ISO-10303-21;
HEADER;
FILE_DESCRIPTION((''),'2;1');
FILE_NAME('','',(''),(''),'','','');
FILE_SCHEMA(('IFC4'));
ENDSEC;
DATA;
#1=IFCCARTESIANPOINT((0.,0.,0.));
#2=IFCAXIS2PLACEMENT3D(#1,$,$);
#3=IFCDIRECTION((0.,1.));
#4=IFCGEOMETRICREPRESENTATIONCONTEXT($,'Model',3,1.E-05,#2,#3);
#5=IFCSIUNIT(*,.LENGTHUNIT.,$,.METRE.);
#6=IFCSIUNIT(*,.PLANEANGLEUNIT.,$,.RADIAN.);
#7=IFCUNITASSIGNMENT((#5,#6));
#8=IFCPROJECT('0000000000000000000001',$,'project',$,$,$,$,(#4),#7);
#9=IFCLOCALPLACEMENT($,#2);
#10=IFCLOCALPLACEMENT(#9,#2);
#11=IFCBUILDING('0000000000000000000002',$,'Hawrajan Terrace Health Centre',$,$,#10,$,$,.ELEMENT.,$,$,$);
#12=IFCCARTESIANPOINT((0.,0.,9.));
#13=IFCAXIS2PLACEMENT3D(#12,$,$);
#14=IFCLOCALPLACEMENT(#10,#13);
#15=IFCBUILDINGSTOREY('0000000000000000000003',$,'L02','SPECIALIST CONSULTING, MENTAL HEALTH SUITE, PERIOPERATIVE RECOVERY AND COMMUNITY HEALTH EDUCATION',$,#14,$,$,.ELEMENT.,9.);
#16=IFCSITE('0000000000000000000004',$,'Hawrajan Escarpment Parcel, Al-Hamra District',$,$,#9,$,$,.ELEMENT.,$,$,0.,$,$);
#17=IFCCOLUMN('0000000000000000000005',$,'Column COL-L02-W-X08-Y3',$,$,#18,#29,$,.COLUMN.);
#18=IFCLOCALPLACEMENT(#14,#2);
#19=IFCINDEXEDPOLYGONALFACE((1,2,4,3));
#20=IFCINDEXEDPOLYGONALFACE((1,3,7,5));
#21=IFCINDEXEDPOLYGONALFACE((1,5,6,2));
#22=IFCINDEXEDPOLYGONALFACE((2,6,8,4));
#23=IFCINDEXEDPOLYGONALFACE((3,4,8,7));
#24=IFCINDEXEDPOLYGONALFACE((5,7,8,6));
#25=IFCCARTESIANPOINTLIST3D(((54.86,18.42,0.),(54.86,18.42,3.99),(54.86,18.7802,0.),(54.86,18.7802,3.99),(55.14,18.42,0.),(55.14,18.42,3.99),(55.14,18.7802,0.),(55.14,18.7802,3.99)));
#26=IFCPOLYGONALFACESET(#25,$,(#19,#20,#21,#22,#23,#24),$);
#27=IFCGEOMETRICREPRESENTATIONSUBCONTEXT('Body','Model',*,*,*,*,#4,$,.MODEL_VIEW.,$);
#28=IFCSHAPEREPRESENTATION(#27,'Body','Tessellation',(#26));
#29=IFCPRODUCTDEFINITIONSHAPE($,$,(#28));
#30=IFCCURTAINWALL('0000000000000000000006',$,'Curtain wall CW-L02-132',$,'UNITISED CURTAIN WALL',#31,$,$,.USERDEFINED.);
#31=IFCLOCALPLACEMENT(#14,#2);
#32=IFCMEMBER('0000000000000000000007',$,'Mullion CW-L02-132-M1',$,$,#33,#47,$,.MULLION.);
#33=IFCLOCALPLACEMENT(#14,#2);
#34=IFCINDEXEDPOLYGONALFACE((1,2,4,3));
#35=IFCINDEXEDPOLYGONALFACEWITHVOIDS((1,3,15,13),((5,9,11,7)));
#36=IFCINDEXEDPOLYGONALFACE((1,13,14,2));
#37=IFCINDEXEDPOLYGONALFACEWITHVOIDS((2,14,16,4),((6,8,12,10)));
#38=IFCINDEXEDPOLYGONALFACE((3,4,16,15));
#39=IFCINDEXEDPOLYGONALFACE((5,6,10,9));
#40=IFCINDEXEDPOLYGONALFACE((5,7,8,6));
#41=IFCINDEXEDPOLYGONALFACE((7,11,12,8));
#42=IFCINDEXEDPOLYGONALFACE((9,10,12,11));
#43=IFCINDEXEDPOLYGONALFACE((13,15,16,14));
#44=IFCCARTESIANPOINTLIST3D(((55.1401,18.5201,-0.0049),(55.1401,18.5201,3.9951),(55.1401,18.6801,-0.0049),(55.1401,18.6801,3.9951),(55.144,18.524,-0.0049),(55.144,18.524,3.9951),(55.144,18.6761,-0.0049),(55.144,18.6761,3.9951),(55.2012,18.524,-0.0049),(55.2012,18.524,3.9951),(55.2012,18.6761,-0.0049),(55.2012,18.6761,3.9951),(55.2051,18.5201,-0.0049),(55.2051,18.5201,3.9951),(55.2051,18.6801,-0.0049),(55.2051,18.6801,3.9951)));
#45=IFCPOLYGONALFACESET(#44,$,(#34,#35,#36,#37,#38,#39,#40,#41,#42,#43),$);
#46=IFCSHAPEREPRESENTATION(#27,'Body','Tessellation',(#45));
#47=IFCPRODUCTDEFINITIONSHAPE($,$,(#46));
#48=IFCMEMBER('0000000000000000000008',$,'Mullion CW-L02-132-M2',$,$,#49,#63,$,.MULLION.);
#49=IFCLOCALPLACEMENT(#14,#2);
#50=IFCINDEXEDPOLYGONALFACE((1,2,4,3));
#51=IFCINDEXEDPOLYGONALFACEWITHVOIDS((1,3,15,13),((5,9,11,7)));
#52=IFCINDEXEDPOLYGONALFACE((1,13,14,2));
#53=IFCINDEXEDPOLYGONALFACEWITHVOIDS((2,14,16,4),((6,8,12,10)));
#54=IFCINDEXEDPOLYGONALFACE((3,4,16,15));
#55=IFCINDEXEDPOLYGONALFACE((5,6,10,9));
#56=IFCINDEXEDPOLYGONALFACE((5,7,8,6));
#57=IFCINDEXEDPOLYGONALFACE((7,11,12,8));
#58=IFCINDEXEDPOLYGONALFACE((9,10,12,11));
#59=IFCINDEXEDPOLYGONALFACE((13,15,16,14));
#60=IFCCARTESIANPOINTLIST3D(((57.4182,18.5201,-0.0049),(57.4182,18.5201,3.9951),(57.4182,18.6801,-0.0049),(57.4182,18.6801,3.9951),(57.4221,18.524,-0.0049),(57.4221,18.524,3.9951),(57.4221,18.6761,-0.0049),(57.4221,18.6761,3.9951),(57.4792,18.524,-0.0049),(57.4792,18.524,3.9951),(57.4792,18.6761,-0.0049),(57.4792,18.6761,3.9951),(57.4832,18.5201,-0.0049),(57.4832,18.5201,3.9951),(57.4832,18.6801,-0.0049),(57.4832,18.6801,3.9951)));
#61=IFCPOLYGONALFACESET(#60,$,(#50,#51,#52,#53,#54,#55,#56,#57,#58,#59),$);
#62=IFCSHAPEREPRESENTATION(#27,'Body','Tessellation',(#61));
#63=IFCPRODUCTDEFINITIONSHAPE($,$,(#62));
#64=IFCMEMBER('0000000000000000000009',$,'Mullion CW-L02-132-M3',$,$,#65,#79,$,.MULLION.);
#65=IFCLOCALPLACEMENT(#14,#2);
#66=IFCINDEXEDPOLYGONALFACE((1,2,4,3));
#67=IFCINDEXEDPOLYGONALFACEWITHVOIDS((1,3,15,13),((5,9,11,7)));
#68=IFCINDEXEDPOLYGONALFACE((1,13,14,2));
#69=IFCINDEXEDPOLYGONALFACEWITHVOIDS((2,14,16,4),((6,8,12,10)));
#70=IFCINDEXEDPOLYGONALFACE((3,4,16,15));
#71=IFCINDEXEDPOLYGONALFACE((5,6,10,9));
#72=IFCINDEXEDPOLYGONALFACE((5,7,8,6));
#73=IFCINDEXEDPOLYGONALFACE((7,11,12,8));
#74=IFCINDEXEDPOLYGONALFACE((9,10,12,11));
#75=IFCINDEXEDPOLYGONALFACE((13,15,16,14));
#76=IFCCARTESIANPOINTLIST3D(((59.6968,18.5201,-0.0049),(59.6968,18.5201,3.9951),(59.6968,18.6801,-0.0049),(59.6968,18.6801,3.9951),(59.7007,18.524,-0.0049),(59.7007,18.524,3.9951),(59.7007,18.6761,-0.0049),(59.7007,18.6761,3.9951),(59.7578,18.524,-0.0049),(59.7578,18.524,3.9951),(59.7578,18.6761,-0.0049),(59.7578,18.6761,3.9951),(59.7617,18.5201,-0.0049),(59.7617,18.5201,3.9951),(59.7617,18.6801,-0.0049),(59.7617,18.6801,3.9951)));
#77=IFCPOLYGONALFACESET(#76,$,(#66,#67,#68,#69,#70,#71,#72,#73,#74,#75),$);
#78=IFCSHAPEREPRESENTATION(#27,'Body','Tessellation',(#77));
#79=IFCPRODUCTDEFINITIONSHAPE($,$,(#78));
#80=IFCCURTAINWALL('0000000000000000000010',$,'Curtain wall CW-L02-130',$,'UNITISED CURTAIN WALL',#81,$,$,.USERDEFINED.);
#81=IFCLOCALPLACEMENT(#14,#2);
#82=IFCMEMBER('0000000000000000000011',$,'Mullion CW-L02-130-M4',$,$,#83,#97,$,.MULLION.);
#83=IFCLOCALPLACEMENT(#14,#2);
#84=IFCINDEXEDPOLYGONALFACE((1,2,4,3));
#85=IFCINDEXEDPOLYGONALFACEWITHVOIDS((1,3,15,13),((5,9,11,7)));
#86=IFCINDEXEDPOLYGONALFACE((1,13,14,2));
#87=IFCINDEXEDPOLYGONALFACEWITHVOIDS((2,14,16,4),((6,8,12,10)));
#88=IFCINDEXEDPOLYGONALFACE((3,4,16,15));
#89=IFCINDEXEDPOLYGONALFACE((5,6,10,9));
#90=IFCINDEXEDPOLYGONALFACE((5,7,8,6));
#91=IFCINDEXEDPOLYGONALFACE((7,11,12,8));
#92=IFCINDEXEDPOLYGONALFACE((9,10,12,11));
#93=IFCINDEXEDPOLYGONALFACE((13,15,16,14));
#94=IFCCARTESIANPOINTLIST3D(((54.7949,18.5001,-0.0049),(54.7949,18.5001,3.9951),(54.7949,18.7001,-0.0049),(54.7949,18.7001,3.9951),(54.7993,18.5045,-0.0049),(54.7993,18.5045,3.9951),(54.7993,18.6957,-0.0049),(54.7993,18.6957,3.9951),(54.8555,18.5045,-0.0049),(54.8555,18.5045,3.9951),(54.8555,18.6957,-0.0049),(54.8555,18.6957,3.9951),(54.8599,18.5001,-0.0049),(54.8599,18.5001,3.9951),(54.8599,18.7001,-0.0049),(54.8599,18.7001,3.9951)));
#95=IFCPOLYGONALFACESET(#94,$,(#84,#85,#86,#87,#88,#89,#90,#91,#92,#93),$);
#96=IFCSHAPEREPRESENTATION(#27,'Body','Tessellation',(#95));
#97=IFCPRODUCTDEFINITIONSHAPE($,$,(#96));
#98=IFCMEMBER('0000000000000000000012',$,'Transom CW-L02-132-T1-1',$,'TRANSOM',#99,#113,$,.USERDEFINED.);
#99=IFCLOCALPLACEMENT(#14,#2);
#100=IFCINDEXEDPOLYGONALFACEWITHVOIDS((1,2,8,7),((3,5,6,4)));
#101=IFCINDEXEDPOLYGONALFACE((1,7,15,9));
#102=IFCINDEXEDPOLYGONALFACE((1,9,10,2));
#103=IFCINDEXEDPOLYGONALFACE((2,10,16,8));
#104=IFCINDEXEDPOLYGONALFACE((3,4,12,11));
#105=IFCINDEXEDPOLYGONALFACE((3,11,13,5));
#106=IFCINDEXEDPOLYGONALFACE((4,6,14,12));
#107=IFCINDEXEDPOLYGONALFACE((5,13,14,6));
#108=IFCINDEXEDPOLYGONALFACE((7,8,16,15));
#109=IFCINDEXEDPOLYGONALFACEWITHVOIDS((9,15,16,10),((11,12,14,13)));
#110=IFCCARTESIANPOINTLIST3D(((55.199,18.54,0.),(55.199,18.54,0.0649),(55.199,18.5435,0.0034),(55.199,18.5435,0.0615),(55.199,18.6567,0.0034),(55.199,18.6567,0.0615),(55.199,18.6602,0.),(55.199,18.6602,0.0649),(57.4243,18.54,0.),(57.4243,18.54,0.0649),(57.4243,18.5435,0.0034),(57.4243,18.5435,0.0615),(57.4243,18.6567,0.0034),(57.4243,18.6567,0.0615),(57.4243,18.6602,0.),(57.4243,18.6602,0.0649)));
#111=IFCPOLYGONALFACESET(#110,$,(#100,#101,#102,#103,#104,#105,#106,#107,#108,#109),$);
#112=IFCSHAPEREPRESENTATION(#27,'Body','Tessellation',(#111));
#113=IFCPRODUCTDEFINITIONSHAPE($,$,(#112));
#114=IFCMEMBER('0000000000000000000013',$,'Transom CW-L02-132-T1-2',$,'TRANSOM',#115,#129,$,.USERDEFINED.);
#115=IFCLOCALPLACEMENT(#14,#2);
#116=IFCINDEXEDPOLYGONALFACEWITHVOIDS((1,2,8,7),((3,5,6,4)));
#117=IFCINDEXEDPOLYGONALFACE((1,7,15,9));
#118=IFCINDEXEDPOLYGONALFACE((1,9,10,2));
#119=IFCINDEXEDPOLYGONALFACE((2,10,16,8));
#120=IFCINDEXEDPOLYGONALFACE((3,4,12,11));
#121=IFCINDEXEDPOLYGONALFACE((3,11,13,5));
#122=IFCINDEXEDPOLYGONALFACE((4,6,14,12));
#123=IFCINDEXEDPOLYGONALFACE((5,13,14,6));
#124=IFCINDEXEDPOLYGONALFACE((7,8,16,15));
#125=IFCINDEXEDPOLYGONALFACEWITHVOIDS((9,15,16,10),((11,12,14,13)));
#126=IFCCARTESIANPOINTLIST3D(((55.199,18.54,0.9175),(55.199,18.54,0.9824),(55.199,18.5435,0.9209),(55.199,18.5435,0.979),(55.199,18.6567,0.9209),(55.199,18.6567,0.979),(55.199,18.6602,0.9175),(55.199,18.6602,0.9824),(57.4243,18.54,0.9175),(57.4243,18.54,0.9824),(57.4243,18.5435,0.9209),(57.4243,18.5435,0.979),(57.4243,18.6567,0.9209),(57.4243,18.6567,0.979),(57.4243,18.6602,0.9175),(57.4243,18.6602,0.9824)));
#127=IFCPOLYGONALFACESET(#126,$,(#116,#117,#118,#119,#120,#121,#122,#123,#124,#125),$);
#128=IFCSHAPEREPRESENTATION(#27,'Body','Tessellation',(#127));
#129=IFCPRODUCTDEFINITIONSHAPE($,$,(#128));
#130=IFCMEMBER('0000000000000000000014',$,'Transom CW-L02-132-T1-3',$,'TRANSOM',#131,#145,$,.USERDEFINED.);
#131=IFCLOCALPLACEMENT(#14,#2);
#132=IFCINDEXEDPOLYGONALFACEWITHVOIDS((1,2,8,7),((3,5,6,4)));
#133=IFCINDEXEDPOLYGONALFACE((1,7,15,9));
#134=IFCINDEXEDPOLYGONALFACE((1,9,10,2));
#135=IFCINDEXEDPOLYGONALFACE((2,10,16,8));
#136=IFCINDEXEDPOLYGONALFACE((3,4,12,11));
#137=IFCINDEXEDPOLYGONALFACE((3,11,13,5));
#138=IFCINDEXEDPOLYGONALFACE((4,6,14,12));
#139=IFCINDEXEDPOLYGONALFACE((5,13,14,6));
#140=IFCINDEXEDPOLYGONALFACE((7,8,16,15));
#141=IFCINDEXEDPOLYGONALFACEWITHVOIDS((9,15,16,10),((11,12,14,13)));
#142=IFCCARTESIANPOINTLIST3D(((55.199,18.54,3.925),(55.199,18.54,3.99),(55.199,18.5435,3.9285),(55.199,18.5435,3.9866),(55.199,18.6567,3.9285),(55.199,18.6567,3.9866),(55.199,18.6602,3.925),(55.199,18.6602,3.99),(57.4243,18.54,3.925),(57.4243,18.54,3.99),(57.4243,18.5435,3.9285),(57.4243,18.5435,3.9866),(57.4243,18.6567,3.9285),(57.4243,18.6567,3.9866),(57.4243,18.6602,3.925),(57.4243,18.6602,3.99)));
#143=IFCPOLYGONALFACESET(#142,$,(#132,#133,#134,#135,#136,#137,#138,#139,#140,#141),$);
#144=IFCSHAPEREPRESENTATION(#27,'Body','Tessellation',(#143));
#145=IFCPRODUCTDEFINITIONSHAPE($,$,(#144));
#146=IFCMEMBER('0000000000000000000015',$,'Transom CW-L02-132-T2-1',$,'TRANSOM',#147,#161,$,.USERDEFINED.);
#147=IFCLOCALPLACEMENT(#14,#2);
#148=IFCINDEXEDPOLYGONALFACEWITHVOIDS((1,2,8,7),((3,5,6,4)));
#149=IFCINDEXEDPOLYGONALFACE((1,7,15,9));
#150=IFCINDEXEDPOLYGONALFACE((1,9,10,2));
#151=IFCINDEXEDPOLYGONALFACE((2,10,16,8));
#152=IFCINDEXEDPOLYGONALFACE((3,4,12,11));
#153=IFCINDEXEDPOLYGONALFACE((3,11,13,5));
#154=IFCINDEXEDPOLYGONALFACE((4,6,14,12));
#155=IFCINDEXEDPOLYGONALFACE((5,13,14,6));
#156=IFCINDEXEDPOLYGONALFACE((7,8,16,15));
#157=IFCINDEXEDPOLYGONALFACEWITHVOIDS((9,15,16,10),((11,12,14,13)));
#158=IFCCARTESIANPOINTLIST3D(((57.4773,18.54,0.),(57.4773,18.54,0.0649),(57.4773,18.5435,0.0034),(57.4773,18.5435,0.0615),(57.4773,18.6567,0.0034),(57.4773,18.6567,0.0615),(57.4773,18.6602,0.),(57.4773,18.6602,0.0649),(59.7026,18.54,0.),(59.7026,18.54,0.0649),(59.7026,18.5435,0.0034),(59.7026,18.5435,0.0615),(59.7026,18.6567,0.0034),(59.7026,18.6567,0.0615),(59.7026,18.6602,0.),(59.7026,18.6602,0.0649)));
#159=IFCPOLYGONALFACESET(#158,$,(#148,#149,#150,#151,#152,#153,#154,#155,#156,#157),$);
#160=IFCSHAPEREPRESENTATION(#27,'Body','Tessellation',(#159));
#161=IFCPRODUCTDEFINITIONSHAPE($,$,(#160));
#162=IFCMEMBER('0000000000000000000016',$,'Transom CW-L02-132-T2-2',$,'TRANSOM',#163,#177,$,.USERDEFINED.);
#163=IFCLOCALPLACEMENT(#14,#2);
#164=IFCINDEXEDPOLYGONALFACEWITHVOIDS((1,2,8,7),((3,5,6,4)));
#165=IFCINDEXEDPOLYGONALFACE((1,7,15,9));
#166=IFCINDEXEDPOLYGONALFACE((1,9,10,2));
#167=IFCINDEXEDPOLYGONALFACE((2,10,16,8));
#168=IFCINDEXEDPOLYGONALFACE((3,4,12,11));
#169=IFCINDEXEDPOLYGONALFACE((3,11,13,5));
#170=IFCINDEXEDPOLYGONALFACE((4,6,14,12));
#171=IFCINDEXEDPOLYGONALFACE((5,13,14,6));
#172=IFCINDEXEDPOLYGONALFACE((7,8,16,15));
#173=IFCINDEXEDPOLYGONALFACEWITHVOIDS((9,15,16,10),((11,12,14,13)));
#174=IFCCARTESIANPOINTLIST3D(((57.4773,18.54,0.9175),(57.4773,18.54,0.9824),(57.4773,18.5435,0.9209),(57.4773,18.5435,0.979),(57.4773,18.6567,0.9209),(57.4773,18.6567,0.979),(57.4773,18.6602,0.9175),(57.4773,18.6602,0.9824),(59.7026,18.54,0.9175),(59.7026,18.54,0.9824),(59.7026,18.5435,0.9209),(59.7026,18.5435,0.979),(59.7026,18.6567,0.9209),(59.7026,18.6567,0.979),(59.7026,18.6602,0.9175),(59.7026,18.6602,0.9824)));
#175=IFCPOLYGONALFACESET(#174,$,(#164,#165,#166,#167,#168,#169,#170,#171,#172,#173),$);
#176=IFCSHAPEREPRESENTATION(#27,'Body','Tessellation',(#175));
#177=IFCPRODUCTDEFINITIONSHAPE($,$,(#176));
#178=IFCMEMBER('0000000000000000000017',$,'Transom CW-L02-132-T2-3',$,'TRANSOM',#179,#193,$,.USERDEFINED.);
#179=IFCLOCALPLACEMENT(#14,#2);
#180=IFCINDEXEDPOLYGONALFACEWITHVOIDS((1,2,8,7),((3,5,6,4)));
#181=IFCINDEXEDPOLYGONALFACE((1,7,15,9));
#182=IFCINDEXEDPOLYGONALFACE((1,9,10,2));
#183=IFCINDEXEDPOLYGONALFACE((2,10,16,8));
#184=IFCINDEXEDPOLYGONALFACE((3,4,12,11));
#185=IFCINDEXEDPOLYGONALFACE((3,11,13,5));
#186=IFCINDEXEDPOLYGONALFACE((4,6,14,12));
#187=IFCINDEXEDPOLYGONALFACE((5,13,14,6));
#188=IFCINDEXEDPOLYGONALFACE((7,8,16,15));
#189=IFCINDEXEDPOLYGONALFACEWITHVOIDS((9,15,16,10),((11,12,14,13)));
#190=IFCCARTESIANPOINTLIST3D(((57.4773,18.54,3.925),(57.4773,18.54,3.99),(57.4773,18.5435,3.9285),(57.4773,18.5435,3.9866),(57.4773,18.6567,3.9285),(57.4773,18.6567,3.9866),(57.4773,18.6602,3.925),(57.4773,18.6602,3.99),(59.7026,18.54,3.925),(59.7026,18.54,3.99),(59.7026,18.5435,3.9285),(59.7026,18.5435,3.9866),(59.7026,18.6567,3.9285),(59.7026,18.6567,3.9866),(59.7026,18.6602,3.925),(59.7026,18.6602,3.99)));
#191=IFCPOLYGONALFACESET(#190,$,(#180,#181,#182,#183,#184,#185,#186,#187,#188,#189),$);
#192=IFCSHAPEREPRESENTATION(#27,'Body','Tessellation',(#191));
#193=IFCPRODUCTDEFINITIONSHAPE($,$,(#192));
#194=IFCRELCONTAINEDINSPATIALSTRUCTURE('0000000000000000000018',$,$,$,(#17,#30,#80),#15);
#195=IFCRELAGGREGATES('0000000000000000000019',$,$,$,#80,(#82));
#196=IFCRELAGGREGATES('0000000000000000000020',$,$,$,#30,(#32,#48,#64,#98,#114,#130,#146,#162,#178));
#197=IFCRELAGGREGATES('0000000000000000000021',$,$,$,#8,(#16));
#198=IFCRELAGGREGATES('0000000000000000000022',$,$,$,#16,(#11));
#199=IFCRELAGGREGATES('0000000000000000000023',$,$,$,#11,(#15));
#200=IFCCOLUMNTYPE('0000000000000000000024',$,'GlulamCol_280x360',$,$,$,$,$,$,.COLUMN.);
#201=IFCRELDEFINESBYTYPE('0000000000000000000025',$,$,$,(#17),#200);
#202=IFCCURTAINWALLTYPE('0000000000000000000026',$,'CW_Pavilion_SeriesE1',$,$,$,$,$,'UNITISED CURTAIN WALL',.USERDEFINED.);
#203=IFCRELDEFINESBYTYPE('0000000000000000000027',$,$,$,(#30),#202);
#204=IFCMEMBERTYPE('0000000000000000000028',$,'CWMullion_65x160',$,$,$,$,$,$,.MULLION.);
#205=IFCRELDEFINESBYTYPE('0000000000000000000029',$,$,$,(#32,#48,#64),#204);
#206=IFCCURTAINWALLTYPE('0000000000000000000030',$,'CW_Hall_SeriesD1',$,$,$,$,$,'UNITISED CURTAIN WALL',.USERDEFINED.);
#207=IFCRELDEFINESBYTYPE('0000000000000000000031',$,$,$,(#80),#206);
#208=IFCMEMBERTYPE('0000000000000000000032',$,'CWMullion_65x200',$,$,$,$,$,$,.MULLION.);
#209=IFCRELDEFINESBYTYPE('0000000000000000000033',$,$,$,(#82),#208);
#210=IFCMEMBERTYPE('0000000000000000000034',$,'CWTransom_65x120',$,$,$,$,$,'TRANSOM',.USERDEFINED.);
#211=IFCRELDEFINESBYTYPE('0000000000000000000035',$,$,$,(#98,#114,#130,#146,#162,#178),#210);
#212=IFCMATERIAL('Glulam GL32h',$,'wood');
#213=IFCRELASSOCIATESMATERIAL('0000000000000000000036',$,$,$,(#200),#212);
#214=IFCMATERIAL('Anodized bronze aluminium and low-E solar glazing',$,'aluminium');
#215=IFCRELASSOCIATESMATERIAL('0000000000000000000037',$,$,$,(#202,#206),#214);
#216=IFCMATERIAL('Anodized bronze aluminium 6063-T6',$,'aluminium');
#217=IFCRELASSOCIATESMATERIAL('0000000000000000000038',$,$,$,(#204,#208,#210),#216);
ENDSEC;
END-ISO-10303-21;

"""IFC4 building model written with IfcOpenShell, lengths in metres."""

from ifc_helpers import new_model, si_unit, direction, frame, origin, origin_2d, place, context, subcontext, project, spatial, rectangle, hollow_rectangle, extrude, material, material_profile, profile_set, type_object, element, aggregate, save


model = new_model("IFC4")

# Units and contexts
model_context = context("Model", 3, precision=1e-05, world=origin(), true_north=direction((0.0, 1.0)))
body_context = subcontext(model_context, "Body", "Model", "MODEL_VIEW")
ifc_project = project(units=[si_unit("LENGTHUNIT", "METRE"), si_unit("PLANEANGLEUNIT", "RADIAN")], contexts=[model_context])

# Site, building, storey
site_placement = place(None, origin())
site = spatial("IfcSite", under=ifc_project, at=site_placement, Name="Hawrajan Escarpment Parcel, Al-Hamra District", CompositionType="ELEMENT", RefElevation=0.0)
building_placement = place(site_placement, origin())
building = spatial("IfcBuilding", under=site, at=building_placement, Name="Hawrajan Terrace Health Centre", CompositionType="ELEMENT")
storey_placement = place(building_placement, frame((0.0, 0.0, 9.0)))
storey = spatial("IfcBuildingStorey", under=building, at=storey_placement, Name="L02", Description="SPECIALIST CONSULTING, MENTAL HEALTH SUITE, PERIOPERATIVE RECOVERY AND COMMUNITY HEALTH EDUCATION", CompositionType="ELEMENT", Elevation=9.0)

# Column
ifc_material_1 = material(Name="Glulam GL32h", Category="wood")
ifc_material_profile_1 = material_profile(ifc_material_1, rectangle(XDim=0.28, YDim=0.3601, at=origin_2d()), Name="GL 280x360")
ifc_profile_set_1 = profile_set([ifc_material_profile_1], Name="Glulam GL32h")
column_type = type_object("IfcColumnType", Name="GlulamCol_280x360", PredefinedType="COLUMN", material=ifc_profile_set_1)
column_placement = place(storey_placement, frame((55.0, 18.6001, 0.0), z_axis=(0.0, 0.0, 1.0), x_axis=(1.0, 0.0, 0.0)))
element("IfcColumn", 1, at=column_placement, inside=storey, type_object=column_type, Name="Column COL-L02-W-X08-Y3", PredefinedType="COLUMN", context=body_context, shape_type="SweptSolid", body=[
    extrude(rectangle(XDim=0.28, YDim=0.3601, at=origin_2d()), origin(), (0.0, 0.0, 1.0), 3.99),
])

# Curtain wall, members
ifc_material_2 = material(Name="Anodized bronze aluminium and low-E solar glazing", Category="aluminium")
curtain_wall_type_1 = type_object("IfcCurtainWallType", Name="CW_Pavilion_SeriesE1", ElementType="UNITISED CURTAIN WALL", PredefinedType="USERDEFINED", material=ifc_material_2)
curtain_wall_1_placement = place(storey_placement, origin())
curtain_wall_1 = element("IfcCurtainWall", 2, at=curtain_wall_1_placement, inside=storey, type_object=curtain_wall_type_1, Name="Curtain wall CW-L02-132", ObjectType="UNITISED CURTAIN WALL", PredefinedType="USERDEFINED")
ifc_material_3 = material(Name="Anodized bronze aluminium 6063-T6", Category="aluminium")
ifc_material_profile_2 = material_profile(ifc_material_3, hollow_rectangle(XDim=0.0649, YDim=0.1599, WallThickness=0.0039, at=origin_2d()), Name="CW MUL 65x160")
ifc_profile_set_2 = profile_set([ifc_material_profile_2], Name="Anodized bronze aluminium 6063-T6")
member_type_1 = type_object("IfcMemberType", Name="CWMullion_65x160", PredefinedType="MULLION", material=ifc_profile_set_2)
member_1_placement = place(storey_placement, frame((55.1726, 18.6001, -0.0049), z_axis=(0.0, 0.0, 1.0), x_axis=(1.0, 0.0, 0.0)))
member_1 = element("IfcMember", 3, at=member_1_placement, type_object=member_type_1, Name="Mullion CW-L02-132-M1", PredefinedType="MULLION", context=body_context, shape_type="SweptSolid", body=[
    extrude(hollow_rectangle(XDim=0.0649, YDim=0.1599, WallThickness=0.0039, at=origin_2d()), origin(), (0.0, 0.0, 1.0), 4.0),
])
member_2_placement = place(storey_placement, frame((57.4507, 18.6001, -0.0049), z_axis=(0.0, 0.0, 1.0), x_axis=(1.0, 0.0, 0.0)))
member_2 = element("IfcMember", 4, at=member_2_placement, type_object=member_type_1, Name="Mullion CW-L02-132-M2", PredefinedType="MULLION", context=body_context, shape_type="SweptSolid", body=[
    extrude(hollow_rectangle(XDim=0.0649, YDim=0.1599, WallThickness=0.0039, at=origin_2d()), origin(), (0.0, 0.0, 1.0), 4.0),
])
member_3_placement = place(storey_placement, frame((59.7292, 18.6001, -0.0049), z_axis=(0.0, 0.0, 1.0), x_axis=(1.0, 0.0, 0.0)))
member_3 = element("IfcMember", 5, at=member_3_placement, type_object=member_type_1, Name="Mullion CW-L02-132-M3", PredefinedType="MULLION", context=body_context, shape_type="SweptSolid", body=[
    extrude(hollow_rectangle(XDim=0.0649, YDim=0.1599, WallThickness=0.0039, at=origin_2d()), origin(), (0.0, 0.0, 1.0), 4.0),
])

# Curtain wall, member
curtain_wall_type_2 = type_object("IfcCurtainWallType", Name="CW_Hall_SeriesD1", ElementType="UNITISED CURTAIN WALL", PredefinedType="USERDEFINED", material=ifc_material_2)
curtain_wall_2_placement = place(storey_placement, origin())
curtain_wall_2 = element("IfcCurtainWall", 6, at=curtain_wall_2_placement, inside=storey, type_object=curtain_wall_type_2, Name="Curtain wall CW-L02-130", ObjectType="UNITISED CURTAIN WALL", PredefinedType="USERDEFINED")
ifc_material_profile_3 = material_profile(ifc_material_3, hollow_rectangle(XDim=0.0649, YDim=0.2, WallThickness=0.0044, at=origin_2d()), Name="CW MUL 65x200")
ifc_profile_set_3 = profile_set([ifc_material_profile_3], Name="Anodized bronze aluminium 6063-T6")
member_type_2 = type_object("IfcMemberType", Name="CWMullion_65x200", PredefinedType="MULLION", material=ifc_profile_set_3)
member_4_placement = place(storey_placement, frame((54.8274, 18.6001, -0.0049), z_axis=(0.0, 0.0, 1.0), x_axis=(1.0, 0.0, 0.0)))
member_4 = element("IfcMember", 7, at=member_4_placement, type_object=member_type_2, Name="Mullion CW-L02-130-M4", PredefinedType="MULLION", context=body_context, shape_type="SweptSolid", body=[
    extrude(hollow_rectangle(XDim=0.0649, YDim=0.2, WallThickness=0.0044, at=origin_2d()), origin(), (0.0, 0.0, 1.0), 4.0),
])
aggregate(curtain_wall_2, [member_4])

# Members
ifc_material_profile_4 = material_profile(ifc_material_3, hollow_rectangle(XDim=0.0649, YDim=0.1201, WallThickness=0.0034, at=origin_2d()), Name="CW TRN 65x120")
ifc_profile_set_4 = profile_set([ifc_material_profile_4], Name="Anodized bronze aluminium 6063-T6")
member_type_3 = type_object("IfcMemberType", Name="CWTransom_65x120", ElementType="TRANSOM", PredefinedType="USERDEFINED", material=ifc_profile_set_4)
member_5_placement = place(storey_placement, frame((55.199, 18.6001, 0.0325), z_axis=(1.0, 0.0, 0.0), x_axis=(0.0, 0.0, 1.0)))
member_5 = element("IfcMember", 8, at=member_5_placement, type_object=member_type_3, Name="Transom CW-L02-132-T1-1", ObjectType="TRANSOM", PredefinedType="USERDEFINED", context=body_context, shape_type="SweptSolid", body=[
    extrude(hollow_rectangle(XDim=0.0649, YDim=0.1201, WallThickness=0.0034, at=origin_2d()), origin(), (0.0, 0.0, 1.0), 2.2253),
])
member_6_placement = place(storey_placement, frame((55.199, 18.6001, 0.95), z_axis=(1.0, 0.0, 0.0), x_axis=(0.0, 0.0, 1.0)))
member_6 = element("IfcMember", 9, at=member_6_placement, type_object=member_type_3, Name="Transom CW-L02-132-T1-2", ObjectType="TRANSOM", PredefinedType="USERDEFINED", context=body_context, shape_type="SweptSolid", body=[
    extrude(hollow_rectangle(XDim=0.0649, YDim=0.1201, WallThickness=0.0034, at=origin_2d()), origin(), (0.0, 0.0, 1.0), 2.2253),
])
member_7_placement = place(storey_placement, frame((55.199, 18.6001, 3.9575), z_axis=(1.0, 0.0, 0.0), x_axis=(0.0, 0.0, 1.0)))
member_7 = element("IfcMember", 10, at=member_7_placement, type_object=member_type_3, Name="Transom CW-L02-132-T1-3", ObjectType="TRANSOM", PredefinedType="USERDEFINED", context=body_context, shape_type="SweptSolid", body=[
    extrude(hollow_rectangle(XDim=0.0649, YDim=0.1201, WallThickness=0.0034, at=origin_2d()), origin(), (0.0, 0.0, 1.0), 2.2253),
])
member_8_placement = place(storey_placement, frame((57.4773, 18.6001, 0.0325), z_axis=(1.0, 0.0, 0.0), x_axis=(0.0, 0.0, 1.0)))
member_8 = element("IfcMember", 11, at=member_8_placement, type_object=member_type_3, Name="Transom CW-L02-132-T2-1", ObjectType="TRANSOM", PredefinedType="USERDEFINED", context=body_context, shape_type="SweptSolid", body=[
    extrude(hollow_rectangle(XDim=0.0649, YDim=0.1201, WallThickness=0.0034, at=origin_2d()), origin(), (0.0, 0.0, 1.0), 2.2253),
])
member_9_placement = place(storey_placement, frame((57.4773, 18.6001, 0.95), z_axis=(1.0, 0.0, 0.0), x_axis=(0.0, 0.0, 1.0)))
member_9 = element("IfcMember", 12, at=member_9_placement, type_object=member_type_3, Name="Transom CW-L02-132-T2-2", ObjectType="TRANSOM", PredefinedType="USERDEFINED", context=body_context, shape_type="SweptSolid", body=[
    extrude(hollow_rectangle(XDim=0.0649, YDim=0.1201, WallThickness=0.0034, at=origin_2d()), origin(), (0.0, 0.0, 1.0), 2.2253),
])
member_10_placement = place(storey_placement, frame((57.4773, 18.6001, 3.9575), z_axis=(1.0, 0.0, 0.0), x_axis=(0.0, 0.0, 1.0)))
member_10 = element("IfcMember", 13, at=member_10_placement, type_object=member_type_3, Name="Transom CW-L02-132-T2-3", ObjectType="TRANSOM", PredefinedType="USERDEFINED", context=body_context, shape_type="SweptSolid", body=[
    extrude(hollow_rectangle(XDim=0.0649, YDim=0.1201, WallThickness=0.0034, at=origin_2d()), origin(), (0.0, 0.0, 1.0), 2.2253),
])

aggregate(curtain_wall_1, [member_1, member_2, member_3, member_5, member_6, member_7, member_8, member_9, member_10])

save(model, "model.ifc")
